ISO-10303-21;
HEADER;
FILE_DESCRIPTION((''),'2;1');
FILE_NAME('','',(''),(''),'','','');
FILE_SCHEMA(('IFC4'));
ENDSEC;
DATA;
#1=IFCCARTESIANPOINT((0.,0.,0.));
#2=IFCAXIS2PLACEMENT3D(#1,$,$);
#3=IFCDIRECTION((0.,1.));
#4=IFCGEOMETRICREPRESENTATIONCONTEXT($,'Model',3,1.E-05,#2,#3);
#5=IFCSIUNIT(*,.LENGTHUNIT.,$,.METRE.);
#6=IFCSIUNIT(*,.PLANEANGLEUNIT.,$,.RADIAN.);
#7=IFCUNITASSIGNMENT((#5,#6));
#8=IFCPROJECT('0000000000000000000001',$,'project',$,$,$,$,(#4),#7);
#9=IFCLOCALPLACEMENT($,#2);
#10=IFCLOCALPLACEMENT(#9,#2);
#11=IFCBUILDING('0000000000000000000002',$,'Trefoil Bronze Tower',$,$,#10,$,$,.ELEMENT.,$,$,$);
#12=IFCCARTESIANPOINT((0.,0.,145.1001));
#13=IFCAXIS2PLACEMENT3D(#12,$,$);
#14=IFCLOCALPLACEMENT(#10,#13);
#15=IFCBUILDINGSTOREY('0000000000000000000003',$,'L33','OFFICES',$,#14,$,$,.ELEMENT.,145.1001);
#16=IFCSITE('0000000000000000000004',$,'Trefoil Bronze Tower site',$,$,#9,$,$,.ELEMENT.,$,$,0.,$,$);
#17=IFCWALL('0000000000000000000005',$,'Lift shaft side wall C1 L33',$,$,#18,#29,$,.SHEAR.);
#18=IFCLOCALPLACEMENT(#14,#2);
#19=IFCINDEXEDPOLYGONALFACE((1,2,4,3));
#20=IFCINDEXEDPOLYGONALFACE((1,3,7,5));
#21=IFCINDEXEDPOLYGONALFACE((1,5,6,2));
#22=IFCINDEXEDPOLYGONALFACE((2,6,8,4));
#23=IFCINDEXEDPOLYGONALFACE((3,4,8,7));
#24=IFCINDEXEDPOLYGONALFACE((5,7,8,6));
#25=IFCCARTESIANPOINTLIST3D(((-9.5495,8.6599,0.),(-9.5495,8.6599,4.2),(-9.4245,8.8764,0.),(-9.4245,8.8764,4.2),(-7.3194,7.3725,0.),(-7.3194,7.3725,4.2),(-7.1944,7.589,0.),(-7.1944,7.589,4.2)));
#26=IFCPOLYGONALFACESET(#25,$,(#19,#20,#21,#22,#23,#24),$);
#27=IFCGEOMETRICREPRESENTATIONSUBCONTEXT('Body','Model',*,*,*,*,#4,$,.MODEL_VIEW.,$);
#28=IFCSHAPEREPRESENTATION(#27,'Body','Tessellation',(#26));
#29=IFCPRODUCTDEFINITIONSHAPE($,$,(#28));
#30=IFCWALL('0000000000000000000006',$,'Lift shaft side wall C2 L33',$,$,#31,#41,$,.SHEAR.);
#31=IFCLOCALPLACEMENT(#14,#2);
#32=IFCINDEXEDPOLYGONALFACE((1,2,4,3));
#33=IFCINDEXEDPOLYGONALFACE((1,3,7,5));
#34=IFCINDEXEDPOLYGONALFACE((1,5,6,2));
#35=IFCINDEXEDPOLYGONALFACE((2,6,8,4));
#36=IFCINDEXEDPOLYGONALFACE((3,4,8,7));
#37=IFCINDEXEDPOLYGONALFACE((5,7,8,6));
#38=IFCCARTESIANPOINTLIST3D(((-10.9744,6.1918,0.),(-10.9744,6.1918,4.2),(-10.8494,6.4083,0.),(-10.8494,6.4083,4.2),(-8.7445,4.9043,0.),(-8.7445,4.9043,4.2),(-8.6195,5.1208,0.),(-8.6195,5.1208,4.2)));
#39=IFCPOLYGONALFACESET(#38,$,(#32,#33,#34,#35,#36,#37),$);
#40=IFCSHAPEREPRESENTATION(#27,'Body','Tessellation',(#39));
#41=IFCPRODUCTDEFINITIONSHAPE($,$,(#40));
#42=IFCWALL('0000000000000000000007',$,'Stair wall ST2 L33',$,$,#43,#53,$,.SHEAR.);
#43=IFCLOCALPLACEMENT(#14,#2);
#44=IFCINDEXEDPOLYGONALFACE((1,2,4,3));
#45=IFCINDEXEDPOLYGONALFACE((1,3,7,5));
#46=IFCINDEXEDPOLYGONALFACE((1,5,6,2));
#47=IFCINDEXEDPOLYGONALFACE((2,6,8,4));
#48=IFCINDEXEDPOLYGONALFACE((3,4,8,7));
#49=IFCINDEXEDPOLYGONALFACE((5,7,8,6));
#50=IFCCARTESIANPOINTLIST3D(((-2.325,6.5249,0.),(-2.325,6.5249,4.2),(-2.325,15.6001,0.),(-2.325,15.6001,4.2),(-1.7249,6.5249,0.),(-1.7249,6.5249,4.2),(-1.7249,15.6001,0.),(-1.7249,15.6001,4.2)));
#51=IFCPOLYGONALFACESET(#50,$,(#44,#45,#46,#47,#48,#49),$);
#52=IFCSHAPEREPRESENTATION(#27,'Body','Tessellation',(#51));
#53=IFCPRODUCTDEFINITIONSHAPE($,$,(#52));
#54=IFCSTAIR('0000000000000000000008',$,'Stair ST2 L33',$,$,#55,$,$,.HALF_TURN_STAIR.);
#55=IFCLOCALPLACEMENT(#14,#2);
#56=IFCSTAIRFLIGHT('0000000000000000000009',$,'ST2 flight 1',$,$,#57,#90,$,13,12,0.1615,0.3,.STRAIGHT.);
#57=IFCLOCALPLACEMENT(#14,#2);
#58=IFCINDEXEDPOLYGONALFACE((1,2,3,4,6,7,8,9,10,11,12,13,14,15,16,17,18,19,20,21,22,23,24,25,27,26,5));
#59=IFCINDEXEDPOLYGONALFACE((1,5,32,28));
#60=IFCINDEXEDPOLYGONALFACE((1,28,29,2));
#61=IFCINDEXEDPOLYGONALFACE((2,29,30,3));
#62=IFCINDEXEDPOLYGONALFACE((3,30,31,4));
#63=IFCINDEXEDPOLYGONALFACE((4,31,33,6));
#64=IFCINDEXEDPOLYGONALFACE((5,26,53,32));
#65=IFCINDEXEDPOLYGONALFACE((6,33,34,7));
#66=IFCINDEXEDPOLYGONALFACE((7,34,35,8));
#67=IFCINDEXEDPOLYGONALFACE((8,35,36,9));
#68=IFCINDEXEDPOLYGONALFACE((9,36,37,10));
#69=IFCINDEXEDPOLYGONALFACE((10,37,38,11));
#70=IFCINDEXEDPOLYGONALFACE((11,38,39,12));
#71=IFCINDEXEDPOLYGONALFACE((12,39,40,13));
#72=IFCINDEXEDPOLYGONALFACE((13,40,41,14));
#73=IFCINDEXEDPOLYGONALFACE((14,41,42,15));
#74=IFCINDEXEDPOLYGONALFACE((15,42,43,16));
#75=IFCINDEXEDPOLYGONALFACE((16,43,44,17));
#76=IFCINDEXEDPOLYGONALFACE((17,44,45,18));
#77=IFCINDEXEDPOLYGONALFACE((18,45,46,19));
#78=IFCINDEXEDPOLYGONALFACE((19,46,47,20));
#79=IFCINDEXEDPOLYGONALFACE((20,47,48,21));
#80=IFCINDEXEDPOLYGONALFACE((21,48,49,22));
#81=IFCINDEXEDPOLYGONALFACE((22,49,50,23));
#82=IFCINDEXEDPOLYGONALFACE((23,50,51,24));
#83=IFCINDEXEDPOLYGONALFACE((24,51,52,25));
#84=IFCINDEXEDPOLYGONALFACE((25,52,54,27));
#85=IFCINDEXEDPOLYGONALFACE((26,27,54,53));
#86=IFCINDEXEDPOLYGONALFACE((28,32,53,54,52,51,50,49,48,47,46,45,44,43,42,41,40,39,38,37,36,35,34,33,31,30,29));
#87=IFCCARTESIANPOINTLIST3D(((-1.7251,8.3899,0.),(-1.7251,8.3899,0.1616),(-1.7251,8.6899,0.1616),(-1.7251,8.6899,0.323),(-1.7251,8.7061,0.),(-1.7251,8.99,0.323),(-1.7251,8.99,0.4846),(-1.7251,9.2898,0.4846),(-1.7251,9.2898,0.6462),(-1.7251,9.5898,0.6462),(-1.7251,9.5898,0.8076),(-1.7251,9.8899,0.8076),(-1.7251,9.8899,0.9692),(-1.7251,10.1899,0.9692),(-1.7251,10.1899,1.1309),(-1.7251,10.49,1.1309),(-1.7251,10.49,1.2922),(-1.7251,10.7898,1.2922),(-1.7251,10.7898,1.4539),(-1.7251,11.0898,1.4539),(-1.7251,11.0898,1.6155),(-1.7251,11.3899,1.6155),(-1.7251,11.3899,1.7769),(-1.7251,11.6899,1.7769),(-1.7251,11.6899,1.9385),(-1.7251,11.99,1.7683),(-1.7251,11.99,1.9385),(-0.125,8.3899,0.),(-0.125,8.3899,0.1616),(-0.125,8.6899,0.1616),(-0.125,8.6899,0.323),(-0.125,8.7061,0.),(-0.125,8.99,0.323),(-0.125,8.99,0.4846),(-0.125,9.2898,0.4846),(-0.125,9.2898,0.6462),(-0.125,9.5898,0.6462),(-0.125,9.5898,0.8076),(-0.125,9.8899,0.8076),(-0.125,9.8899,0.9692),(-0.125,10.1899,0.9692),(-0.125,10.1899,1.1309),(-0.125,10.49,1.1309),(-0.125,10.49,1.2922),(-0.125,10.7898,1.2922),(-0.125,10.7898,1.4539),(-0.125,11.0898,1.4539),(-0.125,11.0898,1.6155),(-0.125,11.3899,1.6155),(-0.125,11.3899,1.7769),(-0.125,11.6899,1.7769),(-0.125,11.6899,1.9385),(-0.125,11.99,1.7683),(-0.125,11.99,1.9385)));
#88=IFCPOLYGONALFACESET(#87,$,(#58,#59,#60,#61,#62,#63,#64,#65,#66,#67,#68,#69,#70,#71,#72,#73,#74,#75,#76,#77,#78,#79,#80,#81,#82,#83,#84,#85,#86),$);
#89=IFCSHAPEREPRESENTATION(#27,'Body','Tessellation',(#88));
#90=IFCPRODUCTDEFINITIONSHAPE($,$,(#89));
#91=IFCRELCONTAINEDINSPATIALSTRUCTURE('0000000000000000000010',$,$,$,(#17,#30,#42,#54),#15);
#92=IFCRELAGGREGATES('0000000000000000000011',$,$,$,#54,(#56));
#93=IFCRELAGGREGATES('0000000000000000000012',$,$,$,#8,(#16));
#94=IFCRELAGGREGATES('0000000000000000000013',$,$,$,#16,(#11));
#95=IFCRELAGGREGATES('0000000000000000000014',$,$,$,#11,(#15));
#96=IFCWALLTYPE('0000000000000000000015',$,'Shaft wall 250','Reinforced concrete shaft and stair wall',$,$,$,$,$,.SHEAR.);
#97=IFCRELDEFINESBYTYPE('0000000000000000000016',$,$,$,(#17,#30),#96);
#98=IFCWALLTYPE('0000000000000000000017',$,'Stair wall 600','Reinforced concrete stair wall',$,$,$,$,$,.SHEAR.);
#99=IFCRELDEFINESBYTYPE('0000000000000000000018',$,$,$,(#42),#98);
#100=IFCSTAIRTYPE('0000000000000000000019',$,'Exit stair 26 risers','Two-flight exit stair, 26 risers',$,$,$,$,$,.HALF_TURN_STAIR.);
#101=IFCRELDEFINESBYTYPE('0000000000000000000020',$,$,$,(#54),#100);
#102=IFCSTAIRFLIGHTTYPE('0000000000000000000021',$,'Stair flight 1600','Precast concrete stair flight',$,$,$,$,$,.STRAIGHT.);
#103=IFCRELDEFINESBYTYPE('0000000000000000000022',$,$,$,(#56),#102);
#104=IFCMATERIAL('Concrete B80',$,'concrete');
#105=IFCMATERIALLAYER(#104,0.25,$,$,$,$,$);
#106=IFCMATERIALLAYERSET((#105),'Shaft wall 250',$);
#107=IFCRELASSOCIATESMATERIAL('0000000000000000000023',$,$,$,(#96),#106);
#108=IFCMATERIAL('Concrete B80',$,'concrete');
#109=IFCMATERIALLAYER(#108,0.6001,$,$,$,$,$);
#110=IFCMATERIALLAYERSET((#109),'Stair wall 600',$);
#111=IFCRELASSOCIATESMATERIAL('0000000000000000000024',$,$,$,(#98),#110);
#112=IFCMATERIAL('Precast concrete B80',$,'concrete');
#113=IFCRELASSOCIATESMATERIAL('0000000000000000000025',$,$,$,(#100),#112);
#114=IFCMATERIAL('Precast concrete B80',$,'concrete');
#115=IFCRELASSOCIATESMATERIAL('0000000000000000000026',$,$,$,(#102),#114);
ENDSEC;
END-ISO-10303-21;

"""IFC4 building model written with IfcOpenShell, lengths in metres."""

from ifc_helpers import new_model, si_unit, direction, frame, frame_2d, origin, place, context, subcontext, project, spatial, polyline, rectangle, outline, extrude, material, layer, layer_set, type_object, element, aggregate, save


model = new_model("IFC4")

# Units and contexts
model_context = context("Model", 3, precision=1e-05, world=origin(), true_north=direction((0.0, 1.0)))
body_context = subcontext(model_context, "Body", "Model", "MODEL_VIEW")
ifc_project = project(units=[si_unit("LENGTHUNIT", "METRE"), si_unit("PLANEANGLEUNIT", "RADIAN")], contexts=[model_context])

# Site, building, storey
site_placement = place(None, origin())
site = spatial("IfcSite", under=ifc_project, at=site_placement, Name="Trefoil Bronze Tower site", CompositionType="ELEMENT", RefElevation=0.0)
building_placement = place(site_placement, origin())
building = spatial("IfcBuilding", under=site, at=building_placement, Name="Trefoil Bronze Tower", CompositionType="ELEMENT")
storey_placement = place(building_placement, frame((0.0, 0.0, 145.1001)))
storey = spatial("IfcBuildingStorey", under=building, at=storey_placement, Name="L33", Description="OFFICES", CompositionType="ELEMENT", Elevation=145.1001)

# Shared definitions
ifc_material_1 = material(Name="Concrete B80", Category="concrete")
ifc_layer_1 = layer(ifc_material_1, 0.25)
ifc_layer_set_1 = layer_set([ifc_layer_1], Name="Shaft wall 250")
wall_type_1 = type_object("IfcWallType", Name="Shaft wall 250", Description="Reinforced concrete shaft and stair wall", PredefinedType="SHEAR", material=ifc_layer_set_1)

# Walls
for number, where, z_axis, x_axis, name in (
    (1, (-7.2568, 7.4807, 0.0), (0.0, 0.0, 1.0), (-0.866047, 0.499963, 0.0), "Lift shaft side wall C1 L33"),
    (2, (-8.6819, 5.0125, 0.0), (0.0, 0.0, 1.0), (-0.866006, 0.500034, 0.0), "Lift shaft side wall C2 L33"),
):
    element("IfcWall", number, at=place(storey_placement, frame(where, z_axis=z_axis, x_axis=x_axis)), inside=storey, type_object=wall_type_1, Name=name, PredefinedType="SHEAR", context=body_context, shape_type="SweptSolid", body=[
        extrude(rectangle(XDim=2.575, YDim=0.25, at=frame_2d((1.2876, 0.0))), origin(), (0.0, 0.0, 1.0), 4.2),
    ])
ifc_material_2 = material(Name="Concrete B80", Category="concrete")
ifc_layer_2 = layer(ifc_material_2, 0.6001)
ifc_layer_set_2 = layer_set([ifc_layer_2], Name="Stair wall 600")
wall_type_2 = type_object("IfcWallType", Name="Stair wall 600", Description="Reinforced concrete stair wall", PredefinedType="SHEAR", material=ifc_layer_set_2)
wall_1_placement = place(storey_placement, frame((-2.0249, 6.5249, 0.0), z_axis=(0.0, 0.0, 1.0), x_axis=(0.0, 1.0, 0.0)))
element("IfcWall", 3, at=wall_1_placement, inside=storey, type_object=wall_type_2, Name="Stair wall ST2 L33", PredefinedType="SHEAR", context=body_context, shape_type="SweptSolid", body=[
    extrude(rectangle(XDim=9.0752, YDim=0.6001, at=frame_2d((4.5376, 0.0))), origin(), (0.0, 0.0, 1.0), 4.2),
])

# Stair, stair flight
ifc_material_3 = material(Name="Precast concrete B80", Category="concrete")
stair_type = type_object("IfcStairType", Name="Exit stair 26 risers", Description="Two-flight exit stair, 26 risers", PredefinedType="HALF_TURN_STAIR", material=ifc_material_3)
stair_placement = place(storey_placement, origin())
stair = element("IfcStair", 4, at=stair_placement, inside=storey, type_object=stair_type, Name="Stair ST2 L33", PredefinedType="HALF_TURN_STAIR")
ifc_material_4 = material(Name="Precast concrete B80", Category="concrete")
stair_flight_type = type_object("IfcStairFlightType", Name="Stair flight 1600", Description="Precast concrete stair flight", PredefinedType="STRAIGHT", material=ifc_material_4)
stair_flight_placement = place(storey_placement, frame((-0.925, 8.3899, 0.0), z_axis=(0.0, 0.0, 1.0), x_axis=(0.0, 1.0, 0.0)))
stair_flight = element("IfcStairFlight", 5, at=stair_flight_placement, type_object=stair_flight_type, Name="ST2 flight 1", NumberOfRisers=13, NumberOfTreads=12, PredefinedType="STRAIGHT", RiserHeight=0.1615, TreadLength=0.3, context=body_context, shape_type="SweptSolid", body=[
    extrude(outline(polyline([(0.0, 0.0), (0.0, 0.1616), (0.3, 0.1616), (0.3, 0.323), (0.6001, 0.323), (0.6001, 0.4846), (0.8999, 0.4846), (0.8999, 0.6462), (1.2, 0.6462), (1.2, 0.8076), (1.5, 0.8076), (1.5, 0.9692), (1.8, 0.9692), (1.8, 1.1309), (2.1001, 1.1309), (2.1001, 1.2922), (2.3999, 1.2922), (2.3999, 1.4539), (2.7, 1.4539), (2.7, 1.6155), (3.0, 1.6155), (3.0, 1.7769), (3.3, 1.7769), (3.3, 1.9385), (3.6001, 1.9385), (3.6001, 2.1001), (3.6001, 1.7683), (0.3162, 0.0), (0.0, 0.0)])), frame((0.0, 0.8, 0.0), z_axis=(0.0, -1.0, 0.0), x_axis=(1.0, 0.0, 0.0)), (0.0, 0.0, 1.0), 1.6001),
])
aggregate(stair, [stair_flight])

save(model, "model.ifc")
